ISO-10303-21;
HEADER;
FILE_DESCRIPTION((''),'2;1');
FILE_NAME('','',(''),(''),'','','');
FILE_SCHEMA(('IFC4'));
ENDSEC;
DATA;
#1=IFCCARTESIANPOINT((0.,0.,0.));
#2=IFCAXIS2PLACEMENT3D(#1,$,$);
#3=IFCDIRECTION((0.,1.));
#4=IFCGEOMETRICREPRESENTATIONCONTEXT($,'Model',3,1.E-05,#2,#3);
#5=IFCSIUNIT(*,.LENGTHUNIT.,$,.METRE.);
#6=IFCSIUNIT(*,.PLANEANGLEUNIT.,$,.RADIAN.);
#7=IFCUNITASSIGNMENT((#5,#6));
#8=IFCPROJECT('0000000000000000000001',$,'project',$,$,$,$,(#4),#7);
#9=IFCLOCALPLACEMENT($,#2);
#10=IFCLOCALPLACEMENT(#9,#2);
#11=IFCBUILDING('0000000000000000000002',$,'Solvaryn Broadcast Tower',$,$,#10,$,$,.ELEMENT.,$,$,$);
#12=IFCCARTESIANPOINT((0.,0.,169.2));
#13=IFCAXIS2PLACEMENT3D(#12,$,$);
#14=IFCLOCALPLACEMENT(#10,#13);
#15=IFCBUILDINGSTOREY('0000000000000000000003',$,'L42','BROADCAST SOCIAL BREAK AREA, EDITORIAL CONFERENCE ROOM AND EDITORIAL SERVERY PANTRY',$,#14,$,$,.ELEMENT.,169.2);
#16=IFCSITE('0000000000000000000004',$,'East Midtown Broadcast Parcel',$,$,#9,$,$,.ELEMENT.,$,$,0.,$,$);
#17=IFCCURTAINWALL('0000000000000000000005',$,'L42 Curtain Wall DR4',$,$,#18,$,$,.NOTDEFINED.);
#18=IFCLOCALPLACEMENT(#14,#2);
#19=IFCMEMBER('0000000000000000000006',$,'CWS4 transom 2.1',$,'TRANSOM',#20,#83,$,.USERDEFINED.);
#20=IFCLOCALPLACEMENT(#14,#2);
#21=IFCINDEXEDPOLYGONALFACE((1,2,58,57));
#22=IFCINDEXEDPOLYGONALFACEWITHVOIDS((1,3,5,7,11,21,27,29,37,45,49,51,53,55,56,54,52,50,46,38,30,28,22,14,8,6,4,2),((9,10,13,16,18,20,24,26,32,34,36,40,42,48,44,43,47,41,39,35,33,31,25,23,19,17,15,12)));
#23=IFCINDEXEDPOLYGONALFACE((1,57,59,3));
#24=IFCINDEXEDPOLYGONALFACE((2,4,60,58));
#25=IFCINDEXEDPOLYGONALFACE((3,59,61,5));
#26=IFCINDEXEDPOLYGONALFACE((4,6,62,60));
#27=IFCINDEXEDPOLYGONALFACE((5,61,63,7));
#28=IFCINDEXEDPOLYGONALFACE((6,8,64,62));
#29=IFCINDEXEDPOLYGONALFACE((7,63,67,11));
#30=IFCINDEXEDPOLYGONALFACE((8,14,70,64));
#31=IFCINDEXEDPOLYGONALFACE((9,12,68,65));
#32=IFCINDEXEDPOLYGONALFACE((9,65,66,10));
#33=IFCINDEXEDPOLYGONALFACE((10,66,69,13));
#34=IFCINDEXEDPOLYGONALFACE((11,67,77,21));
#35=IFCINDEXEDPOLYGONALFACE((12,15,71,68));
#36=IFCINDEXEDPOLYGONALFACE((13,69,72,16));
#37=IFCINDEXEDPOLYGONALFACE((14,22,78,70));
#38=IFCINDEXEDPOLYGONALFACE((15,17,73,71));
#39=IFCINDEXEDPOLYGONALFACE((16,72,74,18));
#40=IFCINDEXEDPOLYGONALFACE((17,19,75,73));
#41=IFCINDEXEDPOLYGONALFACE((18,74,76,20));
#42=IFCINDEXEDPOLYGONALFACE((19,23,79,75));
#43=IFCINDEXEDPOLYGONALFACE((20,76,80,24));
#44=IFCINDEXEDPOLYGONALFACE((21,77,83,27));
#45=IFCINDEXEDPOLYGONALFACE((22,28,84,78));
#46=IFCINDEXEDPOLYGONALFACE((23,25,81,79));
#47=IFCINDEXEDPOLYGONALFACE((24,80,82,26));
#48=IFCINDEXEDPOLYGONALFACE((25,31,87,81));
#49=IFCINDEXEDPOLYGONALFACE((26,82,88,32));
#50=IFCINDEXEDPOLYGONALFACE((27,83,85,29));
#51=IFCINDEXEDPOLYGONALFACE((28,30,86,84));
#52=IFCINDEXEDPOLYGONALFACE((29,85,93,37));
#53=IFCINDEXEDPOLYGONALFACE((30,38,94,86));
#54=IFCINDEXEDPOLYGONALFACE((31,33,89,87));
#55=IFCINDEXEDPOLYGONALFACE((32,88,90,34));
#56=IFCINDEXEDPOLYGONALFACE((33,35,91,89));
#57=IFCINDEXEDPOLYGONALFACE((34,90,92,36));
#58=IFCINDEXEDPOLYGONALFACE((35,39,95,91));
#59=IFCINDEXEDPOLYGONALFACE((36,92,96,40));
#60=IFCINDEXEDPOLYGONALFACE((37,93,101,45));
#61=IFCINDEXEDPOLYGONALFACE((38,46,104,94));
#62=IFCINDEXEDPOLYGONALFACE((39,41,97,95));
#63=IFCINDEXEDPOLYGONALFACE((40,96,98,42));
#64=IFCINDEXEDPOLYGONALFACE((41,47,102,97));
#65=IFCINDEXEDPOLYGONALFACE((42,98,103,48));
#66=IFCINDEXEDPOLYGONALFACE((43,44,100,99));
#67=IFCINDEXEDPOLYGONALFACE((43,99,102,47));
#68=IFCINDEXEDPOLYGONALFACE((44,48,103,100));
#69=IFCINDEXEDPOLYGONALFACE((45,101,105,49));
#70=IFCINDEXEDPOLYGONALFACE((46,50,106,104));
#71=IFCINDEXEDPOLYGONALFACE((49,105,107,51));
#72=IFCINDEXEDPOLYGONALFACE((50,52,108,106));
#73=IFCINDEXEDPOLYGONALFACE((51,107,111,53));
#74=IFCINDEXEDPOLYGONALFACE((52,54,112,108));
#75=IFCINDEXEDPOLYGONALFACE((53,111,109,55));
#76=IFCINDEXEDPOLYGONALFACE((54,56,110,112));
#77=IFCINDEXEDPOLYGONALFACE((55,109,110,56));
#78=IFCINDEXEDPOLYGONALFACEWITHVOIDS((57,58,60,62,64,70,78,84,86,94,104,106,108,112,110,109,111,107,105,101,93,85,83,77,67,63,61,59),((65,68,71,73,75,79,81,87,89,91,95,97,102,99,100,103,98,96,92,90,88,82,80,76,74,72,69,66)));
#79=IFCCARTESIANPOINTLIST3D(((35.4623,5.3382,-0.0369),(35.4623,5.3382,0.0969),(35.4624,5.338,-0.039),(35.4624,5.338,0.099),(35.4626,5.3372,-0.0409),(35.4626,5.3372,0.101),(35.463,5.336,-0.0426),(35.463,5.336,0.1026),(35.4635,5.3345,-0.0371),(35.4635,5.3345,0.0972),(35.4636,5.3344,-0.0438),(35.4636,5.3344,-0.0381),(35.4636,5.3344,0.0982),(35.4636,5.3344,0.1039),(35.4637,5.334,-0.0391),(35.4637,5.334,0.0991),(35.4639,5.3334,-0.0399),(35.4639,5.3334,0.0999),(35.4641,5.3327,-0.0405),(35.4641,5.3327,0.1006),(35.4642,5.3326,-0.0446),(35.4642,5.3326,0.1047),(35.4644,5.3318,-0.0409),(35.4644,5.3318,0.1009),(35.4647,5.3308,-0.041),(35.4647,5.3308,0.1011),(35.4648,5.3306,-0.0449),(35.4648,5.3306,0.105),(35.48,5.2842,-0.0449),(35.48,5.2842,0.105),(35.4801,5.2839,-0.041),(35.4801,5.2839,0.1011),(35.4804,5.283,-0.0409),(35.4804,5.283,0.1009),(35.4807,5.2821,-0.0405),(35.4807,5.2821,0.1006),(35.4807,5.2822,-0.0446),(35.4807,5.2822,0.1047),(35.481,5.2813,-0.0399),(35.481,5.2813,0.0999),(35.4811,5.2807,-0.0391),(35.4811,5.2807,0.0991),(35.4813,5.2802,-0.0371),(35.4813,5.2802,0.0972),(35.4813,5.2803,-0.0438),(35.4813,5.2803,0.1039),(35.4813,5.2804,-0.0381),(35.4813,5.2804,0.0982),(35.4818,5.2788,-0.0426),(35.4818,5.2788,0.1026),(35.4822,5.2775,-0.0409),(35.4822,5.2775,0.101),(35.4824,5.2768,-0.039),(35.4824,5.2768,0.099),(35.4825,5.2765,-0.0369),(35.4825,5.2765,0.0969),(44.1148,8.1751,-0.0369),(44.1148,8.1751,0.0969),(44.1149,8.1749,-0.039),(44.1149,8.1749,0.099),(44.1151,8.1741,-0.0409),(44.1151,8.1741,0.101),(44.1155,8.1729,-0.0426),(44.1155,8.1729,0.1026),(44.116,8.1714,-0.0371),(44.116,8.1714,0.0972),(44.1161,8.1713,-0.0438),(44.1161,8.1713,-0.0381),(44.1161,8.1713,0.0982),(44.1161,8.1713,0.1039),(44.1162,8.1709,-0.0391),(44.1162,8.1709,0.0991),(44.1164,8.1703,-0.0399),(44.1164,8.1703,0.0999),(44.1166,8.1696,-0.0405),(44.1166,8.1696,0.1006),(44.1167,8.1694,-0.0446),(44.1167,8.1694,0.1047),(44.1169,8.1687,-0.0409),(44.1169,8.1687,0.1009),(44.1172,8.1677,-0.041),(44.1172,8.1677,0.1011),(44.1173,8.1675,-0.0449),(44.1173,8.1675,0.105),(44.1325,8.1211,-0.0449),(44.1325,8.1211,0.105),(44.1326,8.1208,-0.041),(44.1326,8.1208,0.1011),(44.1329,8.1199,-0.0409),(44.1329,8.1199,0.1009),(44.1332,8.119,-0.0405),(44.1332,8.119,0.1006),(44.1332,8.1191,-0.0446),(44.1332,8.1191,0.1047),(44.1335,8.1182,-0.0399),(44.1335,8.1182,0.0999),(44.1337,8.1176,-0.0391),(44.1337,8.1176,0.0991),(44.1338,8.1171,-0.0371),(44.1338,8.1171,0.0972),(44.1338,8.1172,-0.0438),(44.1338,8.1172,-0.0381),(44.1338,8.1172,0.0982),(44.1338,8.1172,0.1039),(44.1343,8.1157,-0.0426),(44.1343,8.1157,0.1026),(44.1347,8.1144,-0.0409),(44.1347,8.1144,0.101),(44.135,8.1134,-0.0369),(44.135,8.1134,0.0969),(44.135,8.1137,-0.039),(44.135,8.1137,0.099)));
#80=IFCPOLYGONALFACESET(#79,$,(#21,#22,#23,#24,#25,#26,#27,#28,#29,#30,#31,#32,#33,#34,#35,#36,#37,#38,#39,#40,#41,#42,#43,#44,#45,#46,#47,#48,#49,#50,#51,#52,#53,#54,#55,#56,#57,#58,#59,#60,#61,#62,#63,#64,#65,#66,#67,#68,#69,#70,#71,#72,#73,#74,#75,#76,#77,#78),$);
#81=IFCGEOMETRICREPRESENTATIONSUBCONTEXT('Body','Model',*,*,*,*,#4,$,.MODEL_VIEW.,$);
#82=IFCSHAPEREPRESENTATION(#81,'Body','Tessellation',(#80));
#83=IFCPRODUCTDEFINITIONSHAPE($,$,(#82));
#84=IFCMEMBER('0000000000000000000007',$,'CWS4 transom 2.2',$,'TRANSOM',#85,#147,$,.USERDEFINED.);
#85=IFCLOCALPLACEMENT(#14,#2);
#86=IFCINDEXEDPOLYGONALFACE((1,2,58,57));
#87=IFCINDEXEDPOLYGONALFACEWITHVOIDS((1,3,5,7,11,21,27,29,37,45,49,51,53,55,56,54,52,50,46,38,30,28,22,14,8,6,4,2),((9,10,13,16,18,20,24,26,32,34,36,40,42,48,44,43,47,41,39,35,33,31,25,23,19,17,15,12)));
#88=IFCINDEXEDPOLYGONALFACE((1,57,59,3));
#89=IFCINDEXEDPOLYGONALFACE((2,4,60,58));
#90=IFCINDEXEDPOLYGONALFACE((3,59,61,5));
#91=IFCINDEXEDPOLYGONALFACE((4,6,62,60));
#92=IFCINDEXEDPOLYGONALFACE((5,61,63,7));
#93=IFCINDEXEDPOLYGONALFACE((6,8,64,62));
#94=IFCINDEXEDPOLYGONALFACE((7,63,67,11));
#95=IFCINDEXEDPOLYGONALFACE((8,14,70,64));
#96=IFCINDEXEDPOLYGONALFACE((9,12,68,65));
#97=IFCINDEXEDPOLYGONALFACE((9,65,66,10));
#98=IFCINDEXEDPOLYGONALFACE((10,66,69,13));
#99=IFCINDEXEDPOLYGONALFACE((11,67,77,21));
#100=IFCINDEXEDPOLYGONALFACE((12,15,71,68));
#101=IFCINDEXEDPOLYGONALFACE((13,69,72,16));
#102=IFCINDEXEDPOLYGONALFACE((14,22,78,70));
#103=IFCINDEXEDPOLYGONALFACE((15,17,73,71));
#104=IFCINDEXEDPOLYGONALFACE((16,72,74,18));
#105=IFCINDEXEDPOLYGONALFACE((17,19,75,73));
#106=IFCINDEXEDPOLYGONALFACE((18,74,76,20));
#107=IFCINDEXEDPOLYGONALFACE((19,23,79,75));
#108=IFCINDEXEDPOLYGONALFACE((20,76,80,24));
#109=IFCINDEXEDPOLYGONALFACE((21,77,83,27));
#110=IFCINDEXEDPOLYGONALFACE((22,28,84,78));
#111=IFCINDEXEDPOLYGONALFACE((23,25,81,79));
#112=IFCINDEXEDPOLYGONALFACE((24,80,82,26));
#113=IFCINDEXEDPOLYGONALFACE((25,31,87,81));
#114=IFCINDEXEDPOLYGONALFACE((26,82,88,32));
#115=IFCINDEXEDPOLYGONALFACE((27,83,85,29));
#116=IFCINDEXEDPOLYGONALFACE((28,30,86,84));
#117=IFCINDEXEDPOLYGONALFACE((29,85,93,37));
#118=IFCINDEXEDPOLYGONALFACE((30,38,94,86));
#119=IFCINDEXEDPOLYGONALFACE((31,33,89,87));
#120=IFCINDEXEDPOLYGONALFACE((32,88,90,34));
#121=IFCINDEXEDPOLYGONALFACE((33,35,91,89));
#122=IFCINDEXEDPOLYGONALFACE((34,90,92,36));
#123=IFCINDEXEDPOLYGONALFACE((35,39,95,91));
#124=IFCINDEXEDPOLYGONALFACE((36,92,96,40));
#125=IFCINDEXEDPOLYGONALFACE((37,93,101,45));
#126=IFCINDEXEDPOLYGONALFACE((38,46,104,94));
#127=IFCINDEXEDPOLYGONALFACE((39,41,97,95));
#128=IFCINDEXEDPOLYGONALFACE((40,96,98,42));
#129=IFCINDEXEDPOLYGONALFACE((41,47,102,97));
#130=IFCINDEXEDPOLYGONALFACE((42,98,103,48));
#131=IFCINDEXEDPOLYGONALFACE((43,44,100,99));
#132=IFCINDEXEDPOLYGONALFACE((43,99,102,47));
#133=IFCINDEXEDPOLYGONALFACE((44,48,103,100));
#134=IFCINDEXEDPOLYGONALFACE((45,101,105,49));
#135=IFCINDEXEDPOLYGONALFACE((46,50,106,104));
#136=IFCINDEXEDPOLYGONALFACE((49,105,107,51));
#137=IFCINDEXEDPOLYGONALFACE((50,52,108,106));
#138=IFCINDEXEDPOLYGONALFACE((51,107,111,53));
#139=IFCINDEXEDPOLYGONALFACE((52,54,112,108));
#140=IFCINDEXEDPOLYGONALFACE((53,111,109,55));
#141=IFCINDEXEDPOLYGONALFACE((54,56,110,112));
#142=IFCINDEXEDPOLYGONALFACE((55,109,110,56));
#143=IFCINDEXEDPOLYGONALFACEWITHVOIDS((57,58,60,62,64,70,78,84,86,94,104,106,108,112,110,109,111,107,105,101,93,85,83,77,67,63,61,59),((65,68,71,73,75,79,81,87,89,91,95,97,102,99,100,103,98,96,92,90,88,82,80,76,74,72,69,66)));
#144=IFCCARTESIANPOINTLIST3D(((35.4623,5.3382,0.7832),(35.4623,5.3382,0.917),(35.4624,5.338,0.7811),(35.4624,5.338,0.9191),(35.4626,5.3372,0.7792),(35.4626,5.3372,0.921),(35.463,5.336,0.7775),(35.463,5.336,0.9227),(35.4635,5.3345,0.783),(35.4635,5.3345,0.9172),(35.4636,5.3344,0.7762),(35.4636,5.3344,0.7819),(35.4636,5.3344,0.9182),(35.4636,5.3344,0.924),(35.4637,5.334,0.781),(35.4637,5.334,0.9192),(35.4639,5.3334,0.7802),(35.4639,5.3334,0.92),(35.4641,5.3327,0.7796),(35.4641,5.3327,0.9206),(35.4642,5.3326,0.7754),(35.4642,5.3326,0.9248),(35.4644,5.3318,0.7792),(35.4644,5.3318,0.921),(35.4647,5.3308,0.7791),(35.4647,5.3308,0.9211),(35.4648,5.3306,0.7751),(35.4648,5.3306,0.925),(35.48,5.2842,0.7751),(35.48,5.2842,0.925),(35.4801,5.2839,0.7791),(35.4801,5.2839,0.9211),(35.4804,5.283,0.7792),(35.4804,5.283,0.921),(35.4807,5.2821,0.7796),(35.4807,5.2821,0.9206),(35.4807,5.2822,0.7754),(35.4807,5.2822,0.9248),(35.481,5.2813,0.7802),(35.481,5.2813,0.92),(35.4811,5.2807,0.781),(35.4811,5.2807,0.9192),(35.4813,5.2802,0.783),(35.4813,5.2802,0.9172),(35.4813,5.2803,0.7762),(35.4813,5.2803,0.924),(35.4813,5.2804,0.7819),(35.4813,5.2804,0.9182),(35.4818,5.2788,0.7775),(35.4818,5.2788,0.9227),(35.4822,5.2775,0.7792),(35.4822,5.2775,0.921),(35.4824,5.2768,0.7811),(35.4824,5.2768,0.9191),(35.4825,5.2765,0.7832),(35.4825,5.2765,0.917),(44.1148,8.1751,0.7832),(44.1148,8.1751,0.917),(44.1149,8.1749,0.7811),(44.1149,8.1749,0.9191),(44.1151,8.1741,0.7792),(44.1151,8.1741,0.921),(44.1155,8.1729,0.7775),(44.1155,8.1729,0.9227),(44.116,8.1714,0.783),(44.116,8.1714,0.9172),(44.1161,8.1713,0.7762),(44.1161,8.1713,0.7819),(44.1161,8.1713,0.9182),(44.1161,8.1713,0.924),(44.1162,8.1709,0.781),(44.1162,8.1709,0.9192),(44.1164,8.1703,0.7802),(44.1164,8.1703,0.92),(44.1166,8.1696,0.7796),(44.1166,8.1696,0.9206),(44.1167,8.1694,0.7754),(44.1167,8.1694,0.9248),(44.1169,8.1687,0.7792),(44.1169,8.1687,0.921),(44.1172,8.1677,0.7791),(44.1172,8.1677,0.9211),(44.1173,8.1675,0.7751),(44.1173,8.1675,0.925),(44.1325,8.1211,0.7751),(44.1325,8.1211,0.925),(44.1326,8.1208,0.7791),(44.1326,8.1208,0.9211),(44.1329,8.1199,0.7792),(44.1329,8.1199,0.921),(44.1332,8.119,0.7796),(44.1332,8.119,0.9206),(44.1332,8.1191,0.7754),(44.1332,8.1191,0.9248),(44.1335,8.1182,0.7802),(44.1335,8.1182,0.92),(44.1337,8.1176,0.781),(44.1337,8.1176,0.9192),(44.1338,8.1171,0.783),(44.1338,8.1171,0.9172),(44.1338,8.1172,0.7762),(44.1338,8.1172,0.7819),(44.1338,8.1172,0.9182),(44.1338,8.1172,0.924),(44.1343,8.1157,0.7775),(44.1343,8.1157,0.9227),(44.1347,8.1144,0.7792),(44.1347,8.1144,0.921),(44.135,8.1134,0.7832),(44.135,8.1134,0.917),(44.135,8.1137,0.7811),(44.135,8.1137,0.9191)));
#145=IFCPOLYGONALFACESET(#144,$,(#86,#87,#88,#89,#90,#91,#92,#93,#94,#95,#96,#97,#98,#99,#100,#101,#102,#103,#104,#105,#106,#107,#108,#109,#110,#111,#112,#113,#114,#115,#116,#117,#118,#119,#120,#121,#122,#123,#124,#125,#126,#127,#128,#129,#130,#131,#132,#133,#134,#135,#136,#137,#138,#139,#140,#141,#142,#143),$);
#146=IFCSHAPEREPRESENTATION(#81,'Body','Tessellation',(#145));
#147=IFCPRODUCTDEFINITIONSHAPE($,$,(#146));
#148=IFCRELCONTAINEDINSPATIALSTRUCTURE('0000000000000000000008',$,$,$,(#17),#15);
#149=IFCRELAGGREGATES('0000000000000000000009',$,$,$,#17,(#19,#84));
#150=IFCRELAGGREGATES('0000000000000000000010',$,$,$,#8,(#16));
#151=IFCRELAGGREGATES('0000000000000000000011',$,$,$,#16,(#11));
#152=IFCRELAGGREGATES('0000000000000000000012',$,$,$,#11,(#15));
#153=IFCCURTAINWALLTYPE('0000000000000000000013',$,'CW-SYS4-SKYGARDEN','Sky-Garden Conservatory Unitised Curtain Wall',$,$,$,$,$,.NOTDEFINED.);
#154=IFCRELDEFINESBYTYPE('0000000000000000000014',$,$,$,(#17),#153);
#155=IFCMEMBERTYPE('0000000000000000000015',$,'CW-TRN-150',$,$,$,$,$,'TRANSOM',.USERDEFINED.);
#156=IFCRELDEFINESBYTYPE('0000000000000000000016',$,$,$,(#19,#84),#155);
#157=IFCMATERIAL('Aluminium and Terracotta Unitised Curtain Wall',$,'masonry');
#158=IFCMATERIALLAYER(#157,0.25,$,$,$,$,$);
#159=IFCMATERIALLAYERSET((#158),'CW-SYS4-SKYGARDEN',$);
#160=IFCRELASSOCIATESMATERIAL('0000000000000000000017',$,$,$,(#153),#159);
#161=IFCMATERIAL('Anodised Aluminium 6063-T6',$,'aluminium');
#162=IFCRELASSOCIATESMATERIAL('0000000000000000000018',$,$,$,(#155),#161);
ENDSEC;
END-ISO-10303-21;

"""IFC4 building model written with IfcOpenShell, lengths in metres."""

from ifc_helpers import new_model, si_unit, direction, frame, origin, origin_2d, place, context, subcontext, project, spatial, hollow_rectangle, extrude, material, layer, layer_set, material_profile, profile_set, type_object, element, aggregate, save


model = new_model("IFC4")

# Units and contexts
model_context = context("Model", 3, precision=1e-05, world=origin(), true_north=direction((0.0, 1.0)))
body_context = subcontext(model_context, "Body", "Model", "MODEL_VIEW")
ifc_project = project(units=[si_unit("LENGTHUNIT", "METRE"), si_unit("PLANEANGLEUNIT", "RADIAN")], contexts=[model_context])

# Site, building, storey
site_placement = place(None, origin())
site = spatial("IfcSite", under=ifc_project, at=site_placement, Name="East Midtown Broadcast Parcel", CompositionType="ELEMENT", RefElevation=0.0)
building_placement = place(site_placement, origin())
building = spatial("IfcBuilding", under=site, at=building_placement, Name="Solvaryn Broadcast Tower", CompositionType="ELEMENT")
storey_placement = place(building_placement, frame((0.0, 0.0, 169.2)))
storey = spatial("IfcBuildingStorey", under=building, at=storey_placement, Name="L42", Description="BROADCAST SOCIAL BREAK AREA, EDITORIAL CONFERENCE ROOM AND EDITORIAL SERVERY PANTRY", CompositionType="ELEMENT", Elevation=169.2)

# Shared definitions
ifc_material_1 = material(Name="Aluminium and Terracotta Unitised Curtain Wall", Category="masonry")
ifc_layer_1 = layer(ifc_material_1, 0.25)
ifc_layer_set_1 = layer_set([ifc_layer_1], Name="CW-SYS4-SKYGARDEN")
curtain_wall_type = type_object("IfcCurtainWallType", Name="CW-SYS4-SKYGARDEN", Description="Sky-Garden Conservatory Unitised Curtain Wall", PredefinedType="NOTDEFINED", material=ifc_layer_set_1)

# Curtain wall, members
curtain_wall_1_placement = place(storey_placement, origin())
curtain_wall_1 = element("IfcCurtainWall", 1, at=curtain_wall_1_placement, inside=storey, type_object=curtain_wall_type, Name="L42 Curtain Wall DR4", PredefinedType="NOTDEFINED")
ifc_material_2 = material(Name="Anodised Aluminium 6063-T6", Category="aluminium")
ifc_material_profile_1 = material_profile(ifc_material_2, hollow_rectangle(XDim=0.0649, YDim=0.1499, WallThickness=0.0039, InnerFilletRadius=0.0039, OuterFilletRadius=0.0081, at=origin_2d()))
ifc_profile_set_1 = profile_set([ifc_material_profile_1], Name="Anodised Aluminium 6063-T6")
member_type_1 = type_object("IfcMemberType", Name="CW-TRN-150", ElementType="TRANSOM", PredefinedType="USERDEFINED", material=ifc_profile_set_1)
member_1_placement = place(storey_placement, frame((35.4724, 5.3074, 0.03), z_axis=(0.95023, 0.311551, 0.0), x_axis=(-0.311551, 0.95023, 0.0)))
member_1 = element("IfcMember", 2, at=member_1_placement, type_object=member_type_1, Name="CWS4 transom 2.1", ObjectType="TRANSOM", PredefinedType="USERDEFINED", context=body_context, shape_type="SweptSolid", body=[
    extrude(hollow_rectangle(XDim=0.0649, YDim=0.1499, WallThickness=0.0039, InnerFilletRadius=0.0039, OuterFilletRadius=0.0081, at=origin_2d()), origin(), (0.0, 0.0, 1.0), 9.1057),
])
member_2_placement = place(storey_placement, frame((35.4724, 5.3074, 0.8501), z_axis=(0.95023, 0.311551, 0.0), x_axis=(-0.311551, 0.95023, 0.0)))
member_2 = element("IfcMember", 3, at=member_2_placement, type_object=member_type_1, Name="CWS4 transom 2.2", ObjectType="TRANSOM", PredefinedType="USERDEFINED", context=body_context, shape_type="SweptSolid", body=[
    extrude(hollow_rectangle(XDim=0.0649, YDim=0.1499, WallThickness=0.0039, InnerFilletRadius=0.0039, OuterFilletRadius=0.0081, at=origin_2d()), origin(), (0.0, 0.0, 1.0), 9.1057),
])

aggregate(curtain_wall_1, [member_1, member_2])

save(model, "model.ifc")
